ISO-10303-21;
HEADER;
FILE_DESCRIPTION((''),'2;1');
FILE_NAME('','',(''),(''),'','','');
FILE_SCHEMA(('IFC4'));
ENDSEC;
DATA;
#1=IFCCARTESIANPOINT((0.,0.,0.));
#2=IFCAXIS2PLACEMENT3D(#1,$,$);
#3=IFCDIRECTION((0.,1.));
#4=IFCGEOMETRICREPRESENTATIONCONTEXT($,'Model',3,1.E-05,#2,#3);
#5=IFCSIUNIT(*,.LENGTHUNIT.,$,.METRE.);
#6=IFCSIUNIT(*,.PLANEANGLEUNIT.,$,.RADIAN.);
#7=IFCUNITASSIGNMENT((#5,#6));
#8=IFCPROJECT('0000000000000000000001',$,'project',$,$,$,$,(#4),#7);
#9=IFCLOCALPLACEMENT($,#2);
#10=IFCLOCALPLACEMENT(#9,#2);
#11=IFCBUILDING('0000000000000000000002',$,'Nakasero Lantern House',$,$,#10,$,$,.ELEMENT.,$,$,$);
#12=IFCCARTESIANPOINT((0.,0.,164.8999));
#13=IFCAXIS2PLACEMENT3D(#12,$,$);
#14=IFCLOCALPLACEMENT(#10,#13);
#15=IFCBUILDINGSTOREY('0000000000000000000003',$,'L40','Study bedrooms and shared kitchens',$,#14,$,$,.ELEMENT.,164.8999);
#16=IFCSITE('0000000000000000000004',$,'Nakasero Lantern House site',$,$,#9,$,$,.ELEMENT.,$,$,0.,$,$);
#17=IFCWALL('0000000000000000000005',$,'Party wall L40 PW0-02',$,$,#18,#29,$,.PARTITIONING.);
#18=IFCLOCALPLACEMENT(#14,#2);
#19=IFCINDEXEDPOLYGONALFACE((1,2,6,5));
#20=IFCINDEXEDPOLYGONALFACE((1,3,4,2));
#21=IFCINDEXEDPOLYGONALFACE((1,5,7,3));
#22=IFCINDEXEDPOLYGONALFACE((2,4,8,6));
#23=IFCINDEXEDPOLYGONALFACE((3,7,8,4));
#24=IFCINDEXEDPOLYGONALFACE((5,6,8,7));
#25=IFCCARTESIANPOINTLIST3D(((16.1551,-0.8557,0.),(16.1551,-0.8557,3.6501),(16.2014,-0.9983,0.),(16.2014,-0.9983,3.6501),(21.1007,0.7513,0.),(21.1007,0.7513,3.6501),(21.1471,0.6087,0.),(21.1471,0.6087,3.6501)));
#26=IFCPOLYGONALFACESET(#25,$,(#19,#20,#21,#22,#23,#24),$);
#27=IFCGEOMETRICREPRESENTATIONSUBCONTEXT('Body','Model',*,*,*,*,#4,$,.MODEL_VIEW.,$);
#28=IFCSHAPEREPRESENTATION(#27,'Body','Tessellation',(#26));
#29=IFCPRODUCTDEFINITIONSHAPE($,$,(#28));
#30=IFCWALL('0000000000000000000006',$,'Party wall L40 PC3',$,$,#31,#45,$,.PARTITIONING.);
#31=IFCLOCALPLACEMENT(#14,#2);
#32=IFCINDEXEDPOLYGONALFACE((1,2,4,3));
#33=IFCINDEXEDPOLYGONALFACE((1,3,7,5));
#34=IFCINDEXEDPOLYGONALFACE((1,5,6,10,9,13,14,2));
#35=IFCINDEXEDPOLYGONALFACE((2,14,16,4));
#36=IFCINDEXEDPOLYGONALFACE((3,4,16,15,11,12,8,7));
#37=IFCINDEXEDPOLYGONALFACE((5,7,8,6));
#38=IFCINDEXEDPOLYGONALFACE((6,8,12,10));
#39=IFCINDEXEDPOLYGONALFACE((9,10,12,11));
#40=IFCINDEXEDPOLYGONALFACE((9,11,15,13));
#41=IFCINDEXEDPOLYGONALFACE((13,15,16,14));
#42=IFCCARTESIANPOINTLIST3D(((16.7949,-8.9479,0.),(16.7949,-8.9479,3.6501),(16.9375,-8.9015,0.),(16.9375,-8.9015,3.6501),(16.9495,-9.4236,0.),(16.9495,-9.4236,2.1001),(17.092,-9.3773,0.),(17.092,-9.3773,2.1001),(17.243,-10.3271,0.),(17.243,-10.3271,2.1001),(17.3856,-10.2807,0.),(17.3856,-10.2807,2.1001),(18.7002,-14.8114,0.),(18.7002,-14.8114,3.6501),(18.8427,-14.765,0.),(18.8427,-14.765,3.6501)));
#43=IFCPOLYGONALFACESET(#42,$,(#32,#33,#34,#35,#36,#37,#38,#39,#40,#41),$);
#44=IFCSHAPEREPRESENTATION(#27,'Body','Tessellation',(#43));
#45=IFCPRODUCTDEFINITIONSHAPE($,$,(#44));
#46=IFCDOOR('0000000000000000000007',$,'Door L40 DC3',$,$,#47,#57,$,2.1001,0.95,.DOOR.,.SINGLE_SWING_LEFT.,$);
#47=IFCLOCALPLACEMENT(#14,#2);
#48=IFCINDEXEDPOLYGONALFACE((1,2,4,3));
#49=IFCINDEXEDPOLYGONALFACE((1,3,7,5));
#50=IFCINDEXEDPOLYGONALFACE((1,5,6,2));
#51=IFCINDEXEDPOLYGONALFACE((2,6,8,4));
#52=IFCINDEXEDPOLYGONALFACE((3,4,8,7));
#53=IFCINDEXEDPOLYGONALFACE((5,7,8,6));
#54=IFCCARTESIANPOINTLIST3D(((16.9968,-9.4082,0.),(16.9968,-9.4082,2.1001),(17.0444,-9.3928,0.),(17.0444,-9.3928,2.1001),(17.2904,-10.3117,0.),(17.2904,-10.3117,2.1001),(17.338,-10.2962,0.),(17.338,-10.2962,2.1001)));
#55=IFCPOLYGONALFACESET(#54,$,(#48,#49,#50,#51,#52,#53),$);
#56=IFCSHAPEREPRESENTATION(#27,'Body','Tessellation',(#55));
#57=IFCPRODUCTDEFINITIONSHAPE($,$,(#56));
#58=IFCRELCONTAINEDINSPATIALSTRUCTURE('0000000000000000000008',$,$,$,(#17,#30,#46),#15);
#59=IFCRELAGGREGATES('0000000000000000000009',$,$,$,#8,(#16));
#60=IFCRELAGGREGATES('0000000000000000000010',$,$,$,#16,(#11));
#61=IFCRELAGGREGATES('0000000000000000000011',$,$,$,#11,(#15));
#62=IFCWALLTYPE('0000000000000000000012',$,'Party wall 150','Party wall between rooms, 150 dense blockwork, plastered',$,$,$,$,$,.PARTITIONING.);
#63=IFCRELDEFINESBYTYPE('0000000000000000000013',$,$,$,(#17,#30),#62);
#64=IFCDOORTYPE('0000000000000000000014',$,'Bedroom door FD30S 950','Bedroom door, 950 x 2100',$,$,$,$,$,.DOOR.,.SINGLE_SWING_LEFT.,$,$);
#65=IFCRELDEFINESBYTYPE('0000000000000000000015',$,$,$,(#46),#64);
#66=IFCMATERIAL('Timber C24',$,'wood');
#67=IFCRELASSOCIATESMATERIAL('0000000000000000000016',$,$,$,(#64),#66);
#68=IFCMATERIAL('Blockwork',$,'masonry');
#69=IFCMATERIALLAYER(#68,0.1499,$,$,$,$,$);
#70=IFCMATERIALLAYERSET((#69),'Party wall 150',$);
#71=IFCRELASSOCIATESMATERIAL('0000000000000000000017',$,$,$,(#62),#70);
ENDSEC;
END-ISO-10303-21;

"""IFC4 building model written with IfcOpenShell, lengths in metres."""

from ifc_helpers import new_model, si_unit, direction, frame, frame_2d, origin, place, context, subcontext, project, spatial, rectangle, extrude, material, layer, layer_set, type_object, element, fill, save


model = new_model("IFC4")

# Units and contexts
model_context = context("Model", 3, precision=1e-05, world=origin(), true_north=direction((0.0, 1.0)))
body_context = subcontext(model_context, "Body", "Model", "MODEL_VIEW")
ifc_project = project(units=[si_unit("LENGTHUNIT", "METRE"), si_unit("PLANEANGLEUNIT", "RADIAN")], contexts=[model_context])

# Site, building, storey
site_placement = place(None, origin())
site = spatial("IfcSite", under=ifc_project, at=site_placement, Name="Nakasero Lantern House site", CompositionType="ELEMENT", RefElevation=0.0)
building_placement = place(site_placement, origin())
building = spatial("IfcBuilding", under=site, at=building_placement, Name="Nakasero Lantern House", CompositionType="ELEMENT")
storey_placement = place(building_placement, frame((0.0, 0.0, 164.8999)))
storey = spatial("IfcBuildingStorey", under=building, at=storey_placement, Name="L40", Description="Study bedrooms and shared kitchens", CompositionType="ELEMENT", Elevation=164.8999)

# Shared definitions
ifc_material_1 = material(Name="Timber C24", Category="wood")
door_type_1 = type_object("IfcDoorType", Name="Bedroom door FD30S 950", Description="Bedroom door, 950 x 2100", OperationType="SINGLE_SWING_LEFT", PredefinedType="DOOR", material=ifc_material_1)

# Wall
ifc_material_2 = material(Name="Blockwork", Category="masonry")
ifc_layer_1 = layer(ifc_material_2, 0.1499)
ifc_layer_set_1 = layer_set([ifc_layer_1], Name="Party wall 150")
wall_type_1 = type_object("IfcWallType", Name="Party wall 150", Description="Party wall between rooms, 150 dense blockwork, plastered", PredefinedType="PARTITIONING", material=ifc_layer_set_1)
wall_1_placement = place(storey_placement, frame((16.1782, -0.927, 0.0), z_axis=(0.0, 0.0, 1.0), x_axis=(0.951055, 0.309021, 0.0)))
element("IfcWall", 1, at=wall_1_placement, inside=storey, type_object=wall_type_1, Name="Party wall L40 PW0-02", PredefinedType="PARTITIONING", context=body_context, shape_type="SweptSolid", body=[
    extrude(rectangle(XDim=5.2002, YDim=0.1499, at=frame_2d((2.6001, 0.0))), origin(), (0.0, 0.0, 1.0), 3.6501),
])

# Wall, opening, door
wall_2_placement = place(storey_placement, frame((16.8662, -8.9248, 0.0), z_axis=(0.0, 0.0, 1.0), x_axis=(0.309031, -0.951052, 0.0)))
wall_2 = element("IfcWall", 2, at=wall_2_placement, inside=storey, type_object=wall_type_1, Name="Party wall L40 PC3", PredefinedType="PARTITIONING", context=body_context, shape_type="SweptSolid", body=[
    extrude(rectangle(XDim=6.1653, YDim=0.1499, at=frame_2d((3.0825, 0.0))), origin(), (0.0, 0.0, 1.0), 3.6501),
])
opening_1_placement = place(wall_2_placement, frame((0.5, 0.0, 0.0)))
opening_1 = element("IfcOpeningElement", 3, at=opening_1_placement, cuts=wall_2, PredefinedType="OPENING", context=body_context, shape_type="SweptSolid", body=[
    extrude(rectangle(XDim=0.95, YDim=2.1001, at=frame_2d((0.4751, 1.05))), frame((0.0, 0.095, 0.0), z_axis=(0.0, -1.0, 0.0), x_axis=(1.0, 0.0, 0.0)), (0.0, 0.0, 1.0), 0.1899),
])
door_1_placement = place(opening_1_placement, origin())
door_1 = element("IfcDoor", 4, at=door_1_placement, inside=storey, type_object=door_type_1, Name="Door L40 DC3", OperationType="SINGLE_SWING_LEFT", OverallHeight=2.1001, OverallWidth=0.95, PredefinedType="DOOR", context=body_context, shape_type="SweptSolid", body=[
    extrude(rectangle(XDim=0.95, YDim=2.1001, at=frame_2d((0.4751, 1.05))), frame((0.0, 0.0249, 0.0), z_axis=(0.0, -1.0, 0.0), x_axis=(1.0, 0.0, 0.0)), (0.0, 0.0, 1.0), 0.05),
])
fill(opening_1, door_1)

save(model, "model.ifc")
